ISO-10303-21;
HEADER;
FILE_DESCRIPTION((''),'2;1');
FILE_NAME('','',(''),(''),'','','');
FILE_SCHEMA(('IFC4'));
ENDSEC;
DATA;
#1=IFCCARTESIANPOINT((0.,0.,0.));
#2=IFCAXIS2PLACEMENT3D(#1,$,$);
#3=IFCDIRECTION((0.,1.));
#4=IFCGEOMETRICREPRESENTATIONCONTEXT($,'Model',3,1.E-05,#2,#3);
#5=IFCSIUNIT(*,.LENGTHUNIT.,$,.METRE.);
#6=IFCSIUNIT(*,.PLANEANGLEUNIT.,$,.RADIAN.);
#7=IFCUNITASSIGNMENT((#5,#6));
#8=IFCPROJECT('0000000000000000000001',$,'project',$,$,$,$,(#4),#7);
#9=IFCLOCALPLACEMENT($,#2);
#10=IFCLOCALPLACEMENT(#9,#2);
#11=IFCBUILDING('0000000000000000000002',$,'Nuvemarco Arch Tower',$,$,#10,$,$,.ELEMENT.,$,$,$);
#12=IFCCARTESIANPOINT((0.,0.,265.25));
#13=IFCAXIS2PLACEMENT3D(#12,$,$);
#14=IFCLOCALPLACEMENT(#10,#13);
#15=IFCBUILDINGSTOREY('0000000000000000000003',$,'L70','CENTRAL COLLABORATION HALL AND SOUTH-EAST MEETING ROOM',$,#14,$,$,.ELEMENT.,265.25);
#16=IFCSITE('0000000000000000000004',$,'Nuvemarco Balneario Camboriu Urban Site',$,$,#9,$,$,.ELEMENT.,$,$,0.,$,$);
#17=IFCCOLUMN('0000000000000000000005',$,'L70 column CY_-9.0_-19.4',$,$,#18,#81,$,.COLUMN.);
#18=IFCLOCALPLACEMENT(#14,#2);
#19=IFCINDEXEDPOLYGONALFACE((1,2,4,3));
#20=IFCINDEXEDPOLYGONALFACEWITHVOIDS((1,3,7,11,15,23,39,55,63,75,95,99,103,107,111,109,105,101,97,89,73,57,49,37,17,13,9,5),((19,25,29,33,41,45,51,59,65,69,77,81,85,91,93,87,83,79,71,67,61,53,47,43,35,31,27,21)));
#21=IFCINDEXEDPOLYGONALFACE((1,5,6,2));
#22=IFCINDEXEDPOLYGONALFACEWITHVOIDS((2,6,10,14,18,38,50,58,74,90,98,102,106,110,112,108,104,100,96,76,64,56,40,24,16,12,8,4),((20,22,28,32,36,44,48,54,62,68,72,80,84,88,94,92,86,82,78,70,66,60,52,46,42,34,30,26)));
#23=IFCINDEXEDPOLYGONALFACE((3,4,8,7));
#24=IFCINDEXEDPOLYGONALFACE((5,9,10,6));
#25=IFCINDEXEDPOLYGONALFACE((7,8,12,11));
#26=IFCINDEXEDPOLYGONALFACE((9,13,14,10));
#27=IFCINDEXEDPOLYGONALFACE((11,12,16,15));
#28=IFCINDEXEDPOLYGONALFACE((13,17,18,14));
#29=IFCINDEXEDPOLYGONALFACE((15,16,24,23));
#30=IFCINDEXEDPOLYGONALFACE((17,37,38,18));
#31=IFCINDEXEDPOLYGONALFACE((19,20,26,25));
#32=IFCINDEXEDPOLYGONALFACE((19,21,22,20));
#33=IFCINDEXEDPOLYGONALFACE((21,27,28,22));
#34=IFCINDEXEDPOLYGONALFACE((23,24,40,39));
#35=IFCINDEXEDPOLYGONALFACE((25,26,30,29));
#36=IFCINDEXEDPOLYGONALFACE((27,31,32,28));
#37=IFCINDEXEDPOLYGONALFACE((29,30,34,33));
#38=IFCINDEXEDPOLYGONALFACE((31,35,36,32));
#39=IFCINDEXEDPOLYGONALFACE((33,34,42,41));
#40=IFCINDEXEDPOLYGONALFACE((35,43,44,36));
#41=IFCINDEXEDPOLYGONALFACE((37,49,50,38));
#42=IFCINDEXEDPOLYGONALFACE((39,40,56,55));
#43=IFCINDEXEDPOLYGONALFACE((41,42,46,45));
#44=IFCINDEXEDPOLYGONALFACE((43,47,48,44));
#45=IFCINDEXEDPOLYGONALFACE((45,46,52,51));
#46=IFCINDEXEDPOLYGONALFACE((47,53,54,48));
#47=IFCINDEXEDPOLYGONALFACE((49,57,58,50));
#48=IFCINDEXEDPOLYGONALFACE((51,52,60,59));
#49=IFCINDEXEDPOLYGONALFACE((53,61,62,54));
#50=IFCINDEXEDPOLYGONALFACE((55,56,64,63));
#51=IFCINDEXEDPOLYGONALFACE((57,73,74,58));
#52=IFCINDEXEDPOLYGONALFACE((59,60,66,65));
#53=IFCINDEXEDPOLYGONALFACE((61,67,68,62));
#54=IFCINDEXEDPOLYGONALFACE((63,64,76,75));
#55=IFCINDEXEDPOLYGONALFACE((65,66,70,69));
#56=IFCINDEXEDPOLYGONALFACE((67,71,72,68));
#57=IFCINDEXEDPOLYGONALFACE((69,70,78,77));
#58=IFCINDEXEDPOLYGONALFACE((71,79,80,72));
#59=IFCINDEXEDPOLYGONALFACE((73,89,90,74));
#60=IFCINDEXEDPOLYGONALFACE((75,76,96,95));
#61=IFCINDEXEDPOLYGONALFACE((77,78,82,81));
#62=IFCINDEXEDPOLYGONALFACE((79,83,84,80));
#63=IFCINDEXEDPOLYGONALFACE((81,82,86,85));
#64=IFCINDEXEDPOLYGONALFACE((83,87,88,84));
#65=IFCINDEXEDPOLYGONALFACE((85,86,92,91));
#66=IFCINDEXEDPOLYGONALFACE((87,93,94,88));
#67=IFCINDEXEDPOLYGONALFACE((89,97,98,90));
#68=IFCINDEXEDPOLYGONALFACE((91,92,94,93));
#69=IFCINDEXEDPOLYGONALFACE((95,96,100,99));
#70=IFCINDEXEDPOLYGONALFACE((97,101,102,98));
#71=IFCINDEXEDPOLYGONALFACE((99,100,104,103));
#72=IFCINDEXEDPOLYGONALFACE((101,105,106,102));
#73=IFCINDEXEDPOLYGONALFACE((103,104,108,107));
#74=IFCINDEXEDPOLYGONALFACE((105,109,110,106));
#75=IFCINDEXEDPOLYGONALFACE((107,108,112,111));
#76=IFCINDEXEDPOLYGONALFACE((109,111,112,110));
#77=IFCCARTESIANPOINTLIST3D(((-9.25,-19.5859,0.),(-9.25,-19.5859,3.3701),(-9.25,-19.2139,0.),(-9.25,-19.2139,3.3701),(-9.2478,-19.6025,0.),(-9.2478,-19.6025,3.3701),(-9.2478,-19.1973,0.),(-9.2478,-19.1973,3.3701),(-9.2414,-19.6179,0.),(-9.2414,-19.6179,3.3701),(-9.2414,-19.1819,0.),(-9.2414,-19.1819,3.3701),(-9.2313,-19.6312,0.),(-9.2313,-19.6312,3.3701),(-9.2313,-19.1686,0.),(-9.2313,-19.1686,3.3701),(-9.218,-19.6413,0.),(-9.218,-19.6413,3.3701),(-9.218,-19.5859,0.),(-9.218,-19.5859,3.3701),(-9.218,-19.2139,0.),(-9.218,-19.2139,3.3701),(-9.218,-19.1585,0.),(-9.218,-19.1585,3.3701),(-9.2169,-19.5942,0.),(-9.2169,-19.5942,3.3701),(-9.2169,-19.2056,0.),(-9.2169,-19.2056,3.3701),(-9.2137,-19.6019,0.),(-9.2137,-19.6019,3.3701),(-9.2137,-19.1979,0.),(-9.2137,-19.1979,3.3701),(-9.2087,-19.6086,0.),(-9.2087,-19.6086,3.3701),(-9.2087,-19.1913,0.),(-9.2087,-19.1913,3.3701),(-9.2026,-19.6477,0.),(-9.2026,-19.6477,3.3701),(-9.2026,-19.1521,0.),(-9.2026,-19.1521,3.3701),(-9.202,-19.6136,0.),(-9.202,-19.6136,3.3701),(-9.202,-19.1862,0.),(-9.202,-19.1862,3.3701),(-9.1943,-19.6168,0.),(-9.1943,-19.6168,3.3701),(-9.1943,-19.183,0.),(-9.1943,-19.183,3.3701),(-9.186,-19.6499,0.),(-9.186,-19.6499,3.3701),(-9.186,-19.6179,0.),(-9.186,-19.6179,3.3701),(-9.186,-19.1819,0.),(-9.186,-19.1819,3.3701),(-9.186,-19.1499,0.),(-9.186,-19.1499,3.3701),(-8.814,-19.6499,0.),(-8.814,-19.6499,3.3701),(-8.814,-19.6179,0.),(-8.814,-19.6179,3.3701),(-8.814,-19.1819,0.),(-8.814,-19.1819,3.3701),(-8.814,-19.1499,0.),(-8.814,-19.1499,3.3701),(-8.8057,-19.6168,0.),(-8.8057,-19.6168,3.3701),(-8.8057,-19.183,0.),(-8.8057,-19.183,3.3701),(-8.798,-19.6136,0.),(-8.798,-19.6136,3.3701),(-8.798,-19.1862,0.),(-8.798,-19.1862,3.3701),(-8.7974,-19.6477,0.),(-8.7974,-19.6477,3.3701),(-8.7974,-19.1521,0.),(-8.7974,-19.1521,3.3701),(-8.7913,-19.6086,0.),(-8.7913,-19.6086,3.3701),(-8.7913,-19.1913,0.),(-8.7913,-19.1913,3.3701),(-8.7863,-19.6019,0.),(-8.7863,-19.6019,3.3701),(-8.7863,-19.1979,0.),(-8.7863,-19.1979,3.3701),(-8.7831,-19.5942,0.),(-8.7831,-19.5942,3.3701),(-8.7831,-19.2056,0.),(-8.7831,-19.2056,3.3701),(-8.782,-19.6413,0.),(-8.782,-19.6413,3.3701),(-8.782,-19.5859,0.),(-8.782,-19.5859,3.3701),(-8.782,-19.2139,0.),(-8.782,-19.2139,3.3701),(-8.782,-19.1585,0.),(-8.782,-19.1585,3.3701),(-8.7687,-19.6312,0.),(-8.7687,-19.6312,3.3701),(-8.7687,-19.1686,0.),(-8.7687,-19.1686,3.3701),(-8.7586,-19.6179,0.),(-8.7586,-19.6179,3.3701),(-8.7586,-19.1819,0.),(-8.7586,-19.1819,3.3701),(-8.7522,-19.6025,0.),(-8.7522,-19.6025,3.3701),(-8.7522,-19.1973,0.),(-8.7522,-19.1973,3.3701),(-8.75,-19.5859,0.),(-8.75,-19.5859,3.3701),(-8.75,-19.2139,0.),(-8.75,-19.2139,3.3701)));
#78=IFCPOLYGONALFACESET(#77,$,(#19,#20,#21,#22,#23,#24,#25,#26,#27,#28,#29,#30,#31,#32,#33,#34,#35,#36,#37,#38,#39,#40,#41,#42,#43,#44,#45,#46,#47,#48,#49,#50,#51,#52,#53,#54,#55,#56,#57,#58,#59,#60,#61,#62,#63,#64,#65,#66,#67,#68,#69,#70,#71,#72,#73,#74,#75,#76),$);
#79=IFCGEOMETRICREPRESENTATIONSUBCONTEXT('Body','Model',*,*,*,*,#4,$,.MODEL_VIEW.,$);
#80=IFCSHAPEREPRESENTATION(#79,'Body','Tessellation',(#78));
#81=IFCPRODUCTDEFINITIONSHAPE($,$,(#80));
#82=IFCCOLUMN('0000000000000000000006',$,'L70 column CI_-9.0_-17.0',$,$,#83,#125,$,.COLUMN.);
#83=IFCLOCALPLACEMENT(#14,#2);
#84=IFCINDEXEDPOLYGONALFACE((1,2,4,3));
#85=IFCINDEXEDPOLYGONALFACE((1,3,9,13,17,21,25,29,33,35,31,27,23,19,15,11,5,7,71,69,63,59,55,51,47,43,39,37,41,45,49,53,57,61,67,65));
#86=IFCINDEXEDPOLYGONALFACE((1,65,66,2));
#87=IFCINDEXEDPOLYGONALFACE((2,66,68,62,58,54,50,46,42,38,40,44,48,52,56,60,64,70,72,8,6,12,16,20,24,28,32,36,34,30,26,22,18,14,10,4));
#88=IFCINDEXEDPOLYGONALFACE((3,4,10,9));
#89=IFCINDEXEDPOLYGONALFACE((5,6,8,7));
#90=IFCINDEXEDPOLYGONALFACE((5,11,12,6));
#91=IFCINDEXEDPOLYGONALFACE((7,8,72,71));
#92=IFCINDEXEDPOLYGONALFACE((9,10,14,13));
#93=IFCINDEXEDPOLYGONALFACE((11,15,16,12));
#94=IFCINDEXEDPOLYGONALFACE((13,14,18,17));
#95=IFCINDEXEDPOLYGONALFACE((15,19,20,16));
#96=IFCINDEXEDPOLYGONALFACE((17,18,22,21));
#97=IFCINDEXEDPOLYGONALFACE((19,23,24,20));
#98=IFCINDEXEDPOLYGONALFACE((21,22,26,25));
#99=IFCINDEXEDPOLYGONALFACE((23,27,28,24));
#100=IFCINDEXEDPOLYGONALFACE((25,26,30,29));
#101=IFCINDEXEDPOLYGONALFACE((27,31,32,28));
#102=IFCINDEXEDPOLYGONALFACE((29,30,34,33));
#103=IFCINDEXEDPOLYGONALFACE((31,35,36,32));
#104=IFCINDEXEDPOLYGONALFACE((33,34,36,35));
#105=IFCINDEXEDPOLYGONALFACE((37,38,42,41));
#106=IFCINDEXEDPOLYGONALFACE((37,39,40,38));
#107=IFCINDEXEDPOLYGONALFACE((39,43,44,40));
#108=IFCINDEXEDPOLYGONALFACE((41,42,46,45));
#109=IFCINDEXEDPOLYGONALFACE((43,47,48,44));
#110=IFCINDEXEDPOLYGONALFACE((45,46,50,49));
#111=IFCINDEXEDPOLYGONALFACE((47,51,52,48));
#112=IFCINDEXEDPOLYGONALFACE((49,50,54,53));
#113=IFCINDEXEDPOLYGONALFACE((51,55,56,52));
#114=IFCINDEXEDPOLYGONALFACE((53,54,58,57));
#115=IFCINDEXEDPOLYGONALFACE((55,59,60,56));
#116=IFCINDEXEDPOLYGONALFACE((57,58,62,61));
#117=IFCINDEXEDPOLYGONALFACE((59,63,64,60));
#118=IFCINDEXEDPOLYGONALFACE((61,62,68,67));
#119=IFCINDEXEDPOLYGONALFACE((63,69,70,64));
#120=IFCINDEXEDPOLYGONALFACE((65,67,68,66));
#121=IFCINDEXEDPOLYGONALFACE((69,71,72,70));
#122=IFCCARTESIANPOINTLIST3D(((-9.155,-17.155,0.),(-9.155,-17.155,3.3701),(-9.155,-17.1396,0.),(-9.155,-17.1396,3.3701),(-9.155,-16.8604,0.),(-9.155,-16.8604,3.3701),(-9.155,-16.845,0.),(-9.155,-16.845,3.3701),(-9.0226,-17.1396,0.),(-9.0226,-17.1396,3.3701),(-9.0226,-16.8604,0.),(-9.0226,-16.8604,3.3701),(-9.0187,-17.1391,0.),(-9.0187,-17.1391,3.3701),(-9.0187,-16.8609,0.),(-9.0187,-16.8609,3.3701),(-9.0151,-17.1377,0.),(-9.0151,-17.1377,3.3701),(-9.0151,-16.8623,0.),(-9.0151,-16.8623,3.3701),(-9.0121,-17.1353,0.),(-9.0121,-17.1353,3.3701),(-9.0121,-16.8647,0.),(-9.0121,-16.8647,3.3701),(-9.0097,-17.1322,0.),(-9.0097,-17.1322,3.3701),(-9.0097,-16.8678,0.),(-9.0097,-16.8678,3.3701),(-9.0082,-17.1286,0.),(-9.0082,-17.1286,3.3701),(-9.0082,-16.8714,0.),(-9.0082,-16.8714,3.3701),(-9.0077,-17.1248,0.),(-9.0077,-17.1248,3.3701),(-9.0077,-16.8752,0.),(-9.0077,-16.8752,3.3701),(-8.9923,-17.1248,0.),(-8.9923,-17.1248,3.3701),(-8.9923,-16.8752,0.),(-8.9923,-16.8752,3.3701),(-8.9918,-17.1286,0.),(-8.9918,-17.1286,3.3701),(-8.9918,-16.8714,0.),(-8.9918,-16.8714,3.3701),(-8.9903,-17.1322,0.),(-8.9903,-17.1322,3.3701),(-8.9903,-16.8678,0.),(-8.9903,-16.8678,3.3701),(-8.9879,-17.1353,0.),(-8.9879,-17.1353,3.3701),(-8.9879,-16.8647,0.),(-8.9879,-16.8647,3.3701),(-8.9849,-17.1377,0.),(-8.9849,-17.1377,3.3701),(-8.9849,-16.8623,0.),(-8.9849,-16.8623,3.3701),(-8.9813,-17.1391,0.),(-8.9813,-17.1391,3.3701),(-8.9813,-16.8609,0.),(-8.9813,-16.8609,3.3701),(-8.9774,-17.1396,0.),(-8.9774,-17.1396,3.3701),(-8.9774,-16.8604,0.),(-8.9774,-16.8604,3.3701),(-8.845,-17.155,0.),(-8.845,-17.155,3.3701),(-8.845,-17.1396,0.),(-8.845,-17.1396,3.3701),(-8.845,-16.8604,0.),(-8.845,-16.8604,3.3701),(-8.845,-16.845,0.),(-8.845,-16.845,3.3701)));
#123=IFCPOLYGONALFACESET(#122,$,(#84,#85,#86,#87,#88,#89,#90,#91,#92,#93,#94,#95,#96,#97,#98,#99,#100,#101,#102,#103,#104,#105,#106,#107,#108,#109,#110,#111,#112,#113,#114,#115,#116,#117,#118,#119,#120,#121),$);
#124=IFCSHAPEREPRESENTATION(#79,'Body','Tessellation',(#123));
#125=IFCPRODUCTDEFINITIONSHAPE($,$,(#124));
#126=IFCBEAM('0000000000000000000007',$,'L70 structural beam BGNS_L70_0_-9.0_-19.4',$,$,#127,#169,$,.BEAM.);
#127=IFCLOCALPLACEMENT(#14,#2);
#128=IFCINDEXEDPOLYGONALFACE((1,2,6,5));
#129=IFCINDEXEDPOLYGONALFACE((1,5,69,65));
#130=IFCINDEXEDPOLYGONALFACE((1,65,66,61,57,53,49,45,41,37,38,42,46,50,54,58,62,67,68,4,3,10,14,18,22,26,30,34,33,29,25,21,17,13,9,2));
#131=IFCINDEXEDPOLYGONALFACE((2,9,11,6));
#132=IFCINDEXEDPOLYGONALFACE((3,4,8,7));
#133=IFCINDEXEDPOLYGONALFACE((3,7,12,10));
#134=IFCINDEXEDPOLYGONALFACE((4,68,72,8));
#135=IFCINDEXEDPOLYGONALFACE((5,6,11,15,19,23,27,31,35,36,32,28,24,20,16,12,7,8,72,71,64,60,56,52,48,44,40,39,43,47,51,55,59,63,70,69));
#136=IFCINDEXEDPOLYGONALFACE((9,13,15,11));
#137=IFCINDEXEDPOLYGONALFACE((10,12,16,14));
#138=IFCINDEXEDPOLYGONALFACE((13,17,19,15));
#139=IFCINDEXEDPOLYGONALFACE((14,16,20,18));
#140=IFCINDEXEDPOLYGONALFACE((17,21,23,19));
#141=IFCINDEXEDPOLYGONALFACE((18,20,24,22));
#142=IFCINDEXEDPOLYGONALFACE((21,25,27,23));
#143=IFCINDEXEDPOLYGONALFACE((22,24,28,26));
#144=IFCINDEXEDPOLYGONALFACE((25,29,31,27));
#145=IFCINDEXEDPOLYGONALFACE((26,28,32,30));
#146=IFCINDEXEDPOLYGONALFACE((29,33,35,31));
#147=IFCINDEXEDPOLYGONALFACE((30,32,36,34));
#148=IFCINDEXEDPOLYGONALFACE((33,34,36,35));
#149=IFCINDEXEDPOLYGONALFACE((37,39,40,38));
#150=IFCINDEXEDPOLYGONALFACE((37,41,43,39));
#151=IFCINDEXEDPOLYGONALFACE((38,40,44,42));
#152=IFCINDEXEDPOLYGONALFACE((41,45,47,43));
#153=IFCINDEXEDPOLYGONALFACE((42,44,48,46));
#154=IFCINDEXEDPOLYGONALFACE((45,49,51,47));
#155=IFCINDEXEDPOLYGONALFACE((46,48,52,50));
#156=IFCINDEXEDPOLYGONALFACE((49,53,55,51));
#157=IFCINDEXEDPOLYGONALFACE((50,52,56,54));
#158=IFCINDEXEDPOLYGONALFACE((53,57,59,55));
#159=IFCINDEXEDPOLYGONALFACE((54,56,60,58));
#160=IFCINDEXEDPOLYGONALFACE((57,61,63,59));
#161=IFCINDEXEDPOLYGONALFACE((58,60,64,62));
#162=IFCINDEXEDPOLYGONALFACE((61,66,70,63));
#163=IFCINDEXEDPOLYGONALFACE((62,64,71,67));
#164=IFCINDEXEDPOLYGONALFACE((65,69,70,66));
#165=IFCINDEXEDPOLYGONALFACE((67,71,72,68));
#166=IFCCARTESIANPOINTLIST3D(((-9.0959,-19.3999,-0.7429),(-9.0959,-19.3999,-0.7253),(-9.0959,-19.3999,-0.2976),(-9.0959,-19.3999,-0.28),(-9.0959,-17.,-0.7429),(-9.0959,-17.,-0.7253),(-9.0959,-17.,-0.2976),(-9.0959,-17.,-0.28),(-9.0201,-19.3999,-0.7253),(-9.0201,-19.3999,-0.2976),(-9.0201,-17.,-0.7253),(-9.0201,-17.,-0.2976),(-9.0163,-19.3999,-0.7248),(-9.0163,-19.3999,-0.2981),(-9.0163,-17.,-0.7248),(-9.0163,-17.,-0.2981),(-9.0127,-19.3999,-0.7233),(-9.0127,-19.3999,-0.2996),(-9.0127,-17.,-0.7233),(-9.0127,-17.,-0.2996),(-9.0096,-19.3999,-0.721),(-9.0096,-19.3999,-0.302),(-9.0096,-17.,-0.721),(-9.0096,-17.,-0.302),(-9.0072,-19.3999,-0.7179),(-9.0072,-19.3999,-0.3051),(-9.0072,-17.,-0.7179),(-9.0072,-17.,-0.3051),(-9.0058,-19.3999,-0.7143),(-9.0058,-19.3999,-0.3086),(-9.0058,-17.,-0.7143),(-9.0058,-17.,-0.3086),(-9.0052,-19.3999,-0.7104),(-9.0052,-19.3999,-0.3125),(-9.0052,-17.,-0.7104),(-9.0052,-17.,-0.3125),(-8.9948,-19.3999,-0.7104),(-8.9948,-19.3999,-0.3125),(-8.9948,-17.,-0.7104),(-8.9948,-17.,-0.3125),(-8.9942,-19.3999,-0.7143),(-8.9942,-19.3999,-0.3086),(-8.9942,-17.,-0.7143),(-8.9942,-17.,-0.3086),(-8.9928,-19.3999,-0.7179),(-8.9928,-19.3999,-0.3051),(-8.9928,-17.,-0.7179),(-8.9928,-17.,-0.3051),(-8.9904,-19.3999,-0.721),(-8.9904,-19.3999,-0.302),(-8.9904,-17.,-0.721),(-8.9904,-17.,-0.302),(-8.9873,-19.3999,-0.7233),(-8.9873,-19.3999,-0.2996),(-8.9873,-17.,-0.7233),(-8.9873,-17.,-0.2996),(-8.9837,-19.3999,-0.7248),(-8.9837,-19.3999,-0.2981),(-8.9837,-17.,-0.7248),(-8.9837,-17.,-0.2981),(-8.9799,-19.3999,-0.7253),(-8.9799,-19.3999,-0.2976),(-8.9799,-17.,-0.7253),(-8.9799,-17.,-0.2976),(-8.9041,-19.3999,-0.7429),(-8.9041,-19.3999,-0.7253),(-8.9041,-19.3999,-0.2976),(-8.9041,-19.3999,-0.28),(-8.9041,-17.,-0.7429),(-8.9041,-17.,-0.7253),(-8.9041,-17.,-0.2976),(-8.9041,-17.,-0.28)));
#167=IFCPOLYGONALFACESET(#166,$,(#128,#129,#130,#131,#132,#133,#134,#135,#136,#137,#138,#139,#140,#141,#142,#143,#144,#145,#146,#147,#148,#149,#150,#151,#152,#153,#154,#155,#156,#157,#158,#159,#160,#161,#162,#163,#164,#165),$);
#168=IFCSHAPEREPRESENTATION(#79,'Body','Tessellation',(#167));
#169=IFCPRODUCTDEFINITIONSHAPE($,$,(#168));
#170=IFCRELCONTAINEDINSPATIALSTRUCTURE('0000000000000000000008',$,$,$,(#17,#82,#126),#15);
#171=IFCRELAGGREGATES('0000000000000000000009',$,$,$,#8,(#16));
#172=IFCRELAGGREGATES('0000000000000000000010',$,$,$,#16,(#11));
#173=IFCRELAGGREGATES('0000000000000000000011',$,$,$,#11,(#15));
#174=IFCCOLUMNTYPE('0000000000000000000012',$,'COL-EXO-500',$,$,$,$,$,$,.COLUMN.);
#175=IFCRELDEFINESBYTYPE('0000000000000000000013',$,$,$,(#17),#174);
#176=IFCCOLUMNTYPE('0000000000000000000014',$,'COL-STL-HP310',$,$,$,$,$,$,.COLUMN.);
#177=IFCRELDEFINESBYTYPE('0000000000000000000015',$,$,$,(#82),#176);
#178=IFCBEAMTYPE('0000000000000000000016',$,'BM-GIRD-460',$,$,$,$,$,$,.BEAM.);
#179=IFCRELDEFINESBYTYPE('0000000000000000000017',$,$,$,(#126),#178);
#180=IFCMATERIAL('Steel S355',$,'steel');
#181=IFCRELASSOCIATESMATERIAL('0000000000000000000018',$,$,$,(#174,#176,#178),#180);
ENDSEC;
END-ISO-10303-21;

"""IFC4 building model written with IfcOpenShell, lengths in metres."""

from ifc_helpers import new_model, si_unit, direction, frame, origin, origin_2d, place, context, subcontext, project, spatial, hollow_rectangle, i_section, extrude, material, material_profile, profile_set, type_object, element, save


model = new_model("IFC4")

# Units and contexts
model_context = context("Model", 3, precision=1e-05, world=origin(), true_north=direction((0.0, 1.0)))
body_context = subcontext(model_context, "Body", "Model", "MODEL_VIEW")
ifc_project = project(units=[si_unit("LENGTHUNIT", "METRE"), si_unit("PLANEANGLEUNIT", "RADIAN")], contexts=[model_context])

# Site, building, storey
site_placement = place(None, origin())
site = spatial("IfcSite", under=ifc_project, at=site_placement, Name="Nuvemarco Balneario Camboriu Urban Site", CompositionType="ELEMENT", RefElevation=0.0)
building_placement = place(site_placement, origin())
building = spatial("IfcBuilding", under=site, at=building_placement, Name="Nuvemarco Arch Tower", CompositionType="ELEMENT")
storey_placement = place(building_placement, frame((0.0, 0.0, 265.25)))
storey = spatial("IfcBuildingStorey", under=building, at=storey_placement, Name="L70", Description="CENTRAL COLLABORATION HALL AND SOUTH-EAST MEETING ROOM", CompositionType="ELEMENT", Elevation=265.25)

# Columns
ifc_material_1 = material(Name="Steel S355", Category="steel")
ifc_material_profile_1 = material_profile(ifc_material_1, hollow_rectangle(XDim=0.5, YDim=0.5, WallThickness=0.032, InnerFilletRadius=0.032, OuterFilletRadius=0.064, at=origin_2d()), Name="SHS500x500x32")
ifc_profile_set_1 = profile_set([ifc_material_profile_1], Name="Steel S355")
column_type_1 = type_object("IfcColumnType", Name="COL-EXO-500", PredefinedType="COLUMN", material=ifc_profile_set_1)
column_1_placement = place(storey_placement, frame((-9.0, -19.3999, 0.0), z_axis=(0.0, 0.0, 1.0), x_axis=(1.0, 0.0, 0.0)))
element("IfcColumn", 1, at=column_1_placement, inside=storey, type_object=column_type_1, Name="L70 column CY_-9.0_-19.4", PredefinedType="COLUMN", context=body_context, shape_type="SweptSolid", body=[
    extrude(hollow_rectangle(XDim=0.5, YDim=0.5, WallThickness=0.032, InnerFilletRadius=0.032, OuterFilletRadius=0.064, at=origin_2d()), origin(), (0.0, 0.0, 1.0), 3.3701),
])
ifc_material_profile_2 = material_profile(ifc_material_1, i_section(OverallWidth=0.3101, OverallDepth=0.3101, WebThickness=0.0154, FlangeThickness=0.0154, FilletRadius=0.0149, at=origin_2d()), Name="HP310x110")
ifc_profile_set_2 = profile_set([ifc_material_profile_2], Name="Steel S355")
column_type_2 = type_object("IfcColumnType", Name="COL-STL-HP310", PredefinedType="COLUMN", material=ifc_profile_set_2)
column_2_placement = place(storey_placement, frame((-9.0, -17.0, 0.0), z_axis=(0.0, 0.0, 1.0), x_axis=(1.0, 0.0, 0.0)))
element("IfcColumn", 2, at=column_2_placement, inside=storey, type_object=column_type_2, Name="L70 column CI_-9.0_-17.0", PredefinedType="COLUMN", context=body_context, shape_type="SweptSolid", body=[
    extrude(i_section(OverallWidth=0.3101, OverallDepth=0.3101, WebThickness=0.0154, FlangeThickness=0.0154, FilletRadius=0.0149, at=origin_2d()), origin(), (0.0, 0.0, 1.0), 3.3701),
])

# Beam
ifc_material_profile_3 = material_profile(ifc_material_1, i_section(OverallWidth=0.1919, OverallDepth=0.4629, WebThickness=0.0105, FlangeThickness=0.0176, FilletRadius=0.0149, at=origin_2d()), Name="W460x89")
ifc_profile_set_3 = profile_set([ifc_material_profile_3], Name="Steel S355")
beam_type_1 = type_object("IfcBeamType", Name="BM-GIRD-460", PredefinedType="BEAM", material=ifc_profile_set_3)
beam_1_placement = place(storey_placement, frame((-9.0, -19.3999, -0.5115), z_axis=(0.0, 1.0, 0.0), x_axis=(-1.0, 0.0, 0.0)))
element("IfcBeam", 3, at=beam_1_placement, inside=storey, type_object=beam_type_1, Name="L70 structural beam BGNS_L70_0_-9.0_-19.4", PredefinedType="BEAM", context=body_context, shape_type="SweptSolid", body=[
    extrude(i_section(OverallWidth=0.1919, OverallDepth=0.4629, WebThickness=0.0105, FlangeThickness=0.0176, FilletRadius=0.0149, at=origin_2d()), origin(), (0.0, 0.0, 1.0), 2.3999),
])

save(model, "model.ifc")
